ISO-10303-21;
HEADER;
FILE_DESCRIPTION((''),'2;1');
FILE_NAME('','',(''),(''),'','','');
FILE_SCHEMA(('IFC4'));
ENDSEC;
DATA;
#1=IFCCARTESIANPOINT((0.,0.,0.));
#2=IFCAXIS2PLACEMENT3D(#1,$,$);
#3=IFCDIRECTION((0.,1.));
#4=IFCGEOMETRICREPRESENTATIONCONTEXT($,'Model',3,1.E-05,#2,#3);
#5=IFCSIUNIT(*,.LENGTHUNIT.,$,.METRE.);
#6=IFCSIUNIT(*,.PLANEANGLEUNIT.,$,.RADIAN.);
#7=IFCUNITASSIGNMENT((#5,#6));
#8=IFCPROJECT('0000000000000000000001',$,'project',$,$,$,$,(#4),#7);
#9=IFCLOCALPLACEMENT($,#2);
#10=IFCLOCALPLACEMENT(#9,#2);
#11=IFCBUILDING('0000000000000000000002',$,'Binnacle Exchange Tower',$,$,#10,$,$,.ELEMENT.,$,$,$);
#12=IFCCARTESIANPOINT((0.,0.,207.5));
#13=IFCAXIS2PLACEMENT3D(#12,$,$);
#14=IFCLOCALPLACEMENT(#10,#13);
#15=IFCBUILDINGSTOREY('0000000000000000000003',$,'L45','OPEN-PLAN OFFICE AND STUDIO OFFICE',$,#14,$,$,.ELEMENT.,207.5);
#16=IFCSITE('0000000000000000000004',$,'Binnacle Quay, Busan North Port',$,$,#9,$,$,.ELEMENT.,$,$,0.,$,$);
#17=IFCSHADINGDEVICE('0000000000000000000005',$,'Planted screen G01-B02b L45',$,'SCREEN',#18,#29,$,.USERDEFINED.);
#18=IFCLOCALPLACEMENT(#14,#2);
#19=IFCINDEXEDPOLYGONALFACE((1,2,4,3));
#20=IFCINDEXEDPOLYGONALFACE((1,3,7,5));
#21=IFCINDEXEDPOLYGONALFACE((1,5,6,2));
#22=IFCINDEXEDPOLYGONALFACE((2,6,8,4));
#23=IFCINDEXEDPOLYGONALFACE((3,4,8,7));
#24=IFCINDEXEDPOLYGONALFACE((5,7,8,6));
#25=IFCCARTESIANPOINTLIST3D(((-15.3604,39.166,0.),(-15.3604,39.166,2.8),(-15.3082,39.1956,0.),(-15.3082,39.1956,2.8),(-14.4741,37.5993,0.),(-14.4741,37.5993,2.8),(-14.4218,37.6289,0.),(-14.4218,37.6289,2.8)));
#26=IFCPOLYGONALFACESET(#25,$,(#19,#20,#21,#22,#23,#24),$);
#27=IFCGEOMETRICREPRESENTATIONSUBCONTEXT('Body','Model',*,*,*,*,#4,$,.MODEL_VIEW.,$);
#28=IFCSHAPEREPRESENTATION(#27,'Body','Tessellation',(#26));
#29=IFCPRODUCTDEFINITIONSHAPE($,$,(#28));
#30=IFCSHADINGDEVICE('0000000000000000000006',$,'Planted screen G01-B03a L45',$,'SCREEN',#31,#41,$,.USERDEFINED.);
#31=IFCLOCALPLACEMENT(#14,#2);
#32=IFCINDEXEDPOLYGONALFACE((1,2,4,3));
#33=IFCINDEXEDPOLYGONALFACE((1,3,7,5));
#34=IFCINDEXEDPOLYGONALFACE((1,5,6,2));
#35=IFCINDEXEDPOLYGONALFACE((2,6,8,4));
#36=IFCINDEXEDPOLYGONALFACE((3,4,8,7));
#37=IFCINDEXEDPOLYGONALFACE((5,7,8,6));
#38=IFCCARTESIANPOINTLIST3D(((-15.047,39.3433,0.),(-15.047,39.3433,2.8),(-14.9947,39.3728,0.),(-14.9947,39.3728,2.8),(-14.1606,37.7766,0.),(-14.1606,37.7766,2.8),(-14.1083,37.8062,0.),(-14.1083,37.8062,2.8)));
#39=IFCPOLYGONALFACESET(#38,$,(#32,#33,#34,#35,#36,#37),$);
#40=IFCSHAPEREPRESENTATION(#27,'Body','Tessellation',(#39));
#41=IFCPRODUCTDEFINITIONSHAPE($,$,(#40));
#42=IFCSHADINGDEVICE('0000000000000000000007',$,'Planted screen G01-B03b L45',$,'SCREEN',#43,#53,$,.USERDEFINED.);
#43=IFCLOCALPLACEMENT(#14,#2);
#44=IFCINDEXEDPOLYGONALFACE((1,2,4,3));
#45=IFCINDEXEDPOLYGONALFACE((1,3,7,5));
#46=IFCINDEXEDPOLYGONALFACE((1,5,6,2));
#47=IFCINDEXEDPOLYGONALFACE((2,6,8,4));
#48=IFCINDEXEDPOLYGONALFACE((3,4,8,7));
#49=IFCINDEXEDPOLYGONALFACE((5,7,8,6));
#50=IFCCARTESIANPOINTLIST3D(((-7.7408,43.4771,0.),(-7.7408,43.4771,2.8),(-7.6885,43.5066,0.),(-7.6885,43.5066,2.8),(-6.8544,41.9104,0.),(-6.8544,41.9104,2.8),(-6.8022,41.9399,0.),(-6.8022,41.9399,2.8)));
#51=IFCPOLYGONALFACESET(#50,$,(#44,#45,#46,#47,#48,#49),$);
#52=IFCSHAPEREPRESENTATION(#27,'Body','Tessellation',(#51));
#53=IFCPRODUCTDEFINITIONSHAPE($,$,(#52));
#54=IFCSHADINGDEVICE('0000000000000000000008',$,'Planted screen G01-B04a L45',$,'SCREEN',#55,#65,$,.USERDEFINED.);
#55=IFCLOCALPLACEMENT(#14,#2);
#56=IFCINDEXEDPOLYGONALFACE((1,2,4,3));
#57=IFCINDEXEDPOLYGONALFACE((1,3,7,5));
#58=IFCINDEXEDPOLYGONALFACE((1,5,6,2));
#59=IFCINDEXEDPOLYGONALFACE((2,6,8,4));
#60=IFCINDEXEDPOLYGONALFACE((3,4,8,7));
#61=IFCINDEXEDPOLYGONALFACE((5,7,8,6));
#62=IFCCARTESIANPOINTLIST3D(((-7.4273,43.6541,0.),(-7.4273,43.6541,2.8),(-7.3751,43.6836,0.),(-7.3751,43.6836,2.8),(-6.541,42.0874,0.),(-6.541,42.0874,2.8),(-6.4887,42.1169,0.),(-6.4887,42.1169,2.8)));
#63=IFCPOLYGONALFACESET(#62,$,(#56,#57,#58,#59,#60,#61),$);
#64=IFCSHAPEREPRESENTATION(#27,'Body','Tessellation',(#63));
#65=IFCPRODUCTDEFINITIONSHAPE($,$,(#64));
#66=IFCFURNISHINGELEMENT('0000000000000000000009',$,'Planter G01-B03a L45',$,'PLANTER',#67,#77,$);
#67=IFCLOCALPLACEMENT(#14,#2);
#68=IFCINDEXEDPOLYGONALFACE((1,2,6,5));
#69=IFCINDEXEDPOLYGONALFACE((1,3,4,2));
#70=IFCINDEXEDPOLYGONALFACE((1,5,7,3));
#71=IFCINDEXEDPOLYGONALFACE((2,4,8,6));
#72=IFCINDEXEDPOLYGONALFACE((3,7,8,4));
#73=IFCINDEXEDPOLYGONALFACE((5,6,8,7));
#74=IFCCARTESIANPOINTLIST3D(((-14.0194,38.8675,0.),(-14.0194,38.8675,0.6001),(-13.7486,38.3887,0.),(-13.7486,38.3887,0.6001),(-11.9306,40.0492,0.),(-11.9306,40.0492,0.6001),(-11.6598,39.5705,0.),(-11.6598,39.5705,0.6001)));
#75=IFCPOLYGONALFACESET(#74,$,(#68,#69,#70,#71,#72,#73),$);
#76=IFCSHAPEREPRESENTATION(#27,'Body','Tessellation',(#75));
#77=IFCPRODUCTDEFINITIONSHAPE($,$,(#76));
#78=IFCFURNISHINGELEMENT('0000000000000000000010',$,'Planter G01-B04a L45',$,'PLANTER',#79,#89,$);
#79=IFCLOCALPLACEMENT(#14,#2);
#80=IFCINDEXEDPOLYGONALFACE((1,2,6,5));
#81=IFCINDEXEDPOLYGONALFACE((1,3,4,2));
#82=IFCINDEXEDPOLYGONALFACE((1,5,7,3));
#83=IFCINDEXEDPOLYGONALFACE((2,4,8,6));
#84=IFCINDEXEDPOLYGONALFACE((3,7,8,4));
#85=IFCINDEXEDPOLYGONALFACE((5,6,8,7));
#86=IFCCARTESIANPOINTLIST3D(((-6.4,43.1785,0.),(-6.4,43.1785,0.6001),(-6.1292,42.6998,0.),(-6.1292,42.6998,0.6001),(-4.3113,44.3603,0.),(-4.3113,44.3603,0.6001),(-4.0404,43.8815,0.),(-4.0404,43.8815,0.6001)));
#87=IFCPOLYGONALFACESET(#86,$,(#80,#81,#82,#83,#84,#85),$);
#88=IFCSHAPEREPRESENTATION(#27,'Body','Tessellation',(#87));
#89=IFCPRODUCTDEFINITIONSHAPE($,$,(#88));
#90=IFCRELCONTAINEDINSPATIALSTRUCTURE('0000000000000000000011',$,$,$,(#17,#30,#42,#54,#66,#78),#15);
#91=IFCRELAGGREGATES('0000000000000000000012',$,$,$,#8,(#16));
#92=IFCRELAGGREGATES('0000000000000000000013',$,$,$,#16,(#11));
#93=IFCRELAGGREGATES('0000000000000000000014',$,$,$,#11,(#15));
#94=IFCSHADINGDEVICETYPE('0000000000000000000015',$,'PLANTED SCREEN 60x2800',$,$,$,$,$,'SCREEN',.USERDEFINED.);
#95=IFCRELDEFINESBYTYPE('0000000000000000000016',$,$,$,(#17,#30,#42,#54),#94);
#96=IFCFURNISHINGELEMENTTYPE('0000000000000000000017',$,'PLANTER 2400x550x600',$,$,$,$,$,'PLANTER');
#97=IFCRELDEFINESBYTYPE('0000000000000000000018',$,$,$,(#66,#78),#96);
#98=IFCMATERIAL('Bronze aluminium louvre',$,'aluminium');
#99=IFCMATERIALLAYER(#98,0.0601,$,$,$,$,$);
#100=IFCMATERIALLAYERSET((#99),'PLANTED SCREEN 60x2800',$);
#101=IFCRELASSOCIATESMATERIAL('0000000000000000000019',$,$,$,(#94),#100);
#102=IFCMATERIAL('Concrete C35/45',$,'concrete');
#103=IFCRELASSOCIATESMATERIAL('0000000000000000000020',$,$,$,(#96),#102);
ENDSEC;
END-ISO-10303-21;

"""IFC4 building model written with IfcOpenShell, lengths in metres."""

from ifc_helpers import new_model, si_unit, direction, frame, origin, origin_2d, place, context, subcontext, project, spatial, rectangle, extrude, material, layer, layer_set, type_object, element, save


model = new_model("IFC4")

# Units and contexts
model_context = context("Model", 3, precision=1e-05, world=origin(), true_north=direction((0.0, 1.0)))
body_context = subcontext(model_context, "Body", "Model", "MODEL_VIEW")
ifc_project = project(units=[si_unit("LENGTHUNIT", "METRE"), si_unit("PLANEANGLEUNIT", "RADIAN")], contexts=[model_context])

# Site, building, storey
site_placement = place(None, origin())
site = spatial("IfcSite", under=ifc_project, at=site_placement, Name="Binnacle Quay, Busan North Port", CompositionType="ELEMENT", RefElevation=0.0)
building_placement = place(site_placement, origin())
building = spatial("IfcBuilding", under=site, at=building_placement, Name="Binnacle Exchange Tower", CompositionType="ELEMENT")
storey_placement = place(building_placement, frame((0.0, 0.0, 207.5)))
storey = spatial("IfcBuildingStorey", under=building, at=storey_placement, Name="L45", Description="OPEN-PLAN OFFICE AND STUDIO OFFICE", CompositionType="ELEMENT", Elevation=207.5)

# Shading devices
ifc_material_1 = material(Name="Bronze aluminium louvre", Category="aluminium")
ifc_layer_1 = layer(ifc_material_1, 0.0601)
ifc_layer_set_1 = layer_set([ifc_layer_1], Name="PLANTED SCREEN 60x2800")
shading_device_type = type_object("IfcShadingDeviceType", Name="PLANTED SCREEN 60x2800", ElementType="SCREEN", PredefinedType="USERDEFINED", material=ifc_layer_set_1)
for number, where, z_axis, x_axis, name in (
    (1, (-14.8911, 38.3975, 0.0), (0.0, 0.0, 1.0), (0.870356, 0.492424, 0.0), "Planted screen G01-B02b L45"),
    (2, (-14.5776, 38.5747, 0.0), (0.0, 0.0, 1.0), (0.870356, 0.492424, 0.0), "Planted screen G01-B03a L45"),
    (3, (-7.2715, 42.7085, 0.0), (0.0, 0.0, 1.0), (0.870356, 0.492424, 0.0), "Planted screen G01-B03b L45"),
    (4, (-6.958, 42.8855, 0.0), (0.0, 0.0, 1.0), (0.870356, 0.492424, 0.0), "Planted screen G01-B04a L45"),
):
    element("IfcShadingDevice", number, at=place(storey_placement, frame(where, z_axis=z_axis, x_axis=x_axis)), inside=storey, type_object=shading_device_type, Name=name, ObjectType="SCREEN", PredefinedType="USERDEFINED", context=body_context, shape_type="SweptSolid", body=[
        extrude(rectangle(XDim=0.0601, YDim=1.8, at=origin_2d()), origin(), (0.0, 0.0, 1.0), 2.8),
    ])

# Furnishing elements
ifc_material_2 = material(Name="Concrete C35/45", Category="concrete")
furnishing_element_type = type_object("IfcFurnishingElementType", Name="PLANTER 2400x550x600", ElementType="PLANTER", material=ifc_material_2)
for number, where, z_axis, x_axis, name in (
    (5, (-12.8396, 39.219, 0.0), (0.0, 0.0, 1.0), (0.870356, 0.492424, 0.0), "Planter G01-B03a L45"),
    (6, (-5.2202, 43.53, 0.0), (0.0, 0.0, 1.0), (0.870356, 0.492424, 0.0), "Planter G01-B04a L45"),
):
    element("IfcFurnishingElement", number, at=place(storey_placement, frame(where, z_axis=z_axis, x_axis=x_axis)), inside=storey, type_object=furnishing_element_type, Name=name, ObjectType="PLANTER", context=body_context, shape_type="SweptSolid", body=[
        extrude(rectangle(XDim=2.3999, YDim=0.55, at=origin_2d()), origin(), (0.0, 0.0, 1.0), 0.6001),
    ])

save(model, "model.ifc")
